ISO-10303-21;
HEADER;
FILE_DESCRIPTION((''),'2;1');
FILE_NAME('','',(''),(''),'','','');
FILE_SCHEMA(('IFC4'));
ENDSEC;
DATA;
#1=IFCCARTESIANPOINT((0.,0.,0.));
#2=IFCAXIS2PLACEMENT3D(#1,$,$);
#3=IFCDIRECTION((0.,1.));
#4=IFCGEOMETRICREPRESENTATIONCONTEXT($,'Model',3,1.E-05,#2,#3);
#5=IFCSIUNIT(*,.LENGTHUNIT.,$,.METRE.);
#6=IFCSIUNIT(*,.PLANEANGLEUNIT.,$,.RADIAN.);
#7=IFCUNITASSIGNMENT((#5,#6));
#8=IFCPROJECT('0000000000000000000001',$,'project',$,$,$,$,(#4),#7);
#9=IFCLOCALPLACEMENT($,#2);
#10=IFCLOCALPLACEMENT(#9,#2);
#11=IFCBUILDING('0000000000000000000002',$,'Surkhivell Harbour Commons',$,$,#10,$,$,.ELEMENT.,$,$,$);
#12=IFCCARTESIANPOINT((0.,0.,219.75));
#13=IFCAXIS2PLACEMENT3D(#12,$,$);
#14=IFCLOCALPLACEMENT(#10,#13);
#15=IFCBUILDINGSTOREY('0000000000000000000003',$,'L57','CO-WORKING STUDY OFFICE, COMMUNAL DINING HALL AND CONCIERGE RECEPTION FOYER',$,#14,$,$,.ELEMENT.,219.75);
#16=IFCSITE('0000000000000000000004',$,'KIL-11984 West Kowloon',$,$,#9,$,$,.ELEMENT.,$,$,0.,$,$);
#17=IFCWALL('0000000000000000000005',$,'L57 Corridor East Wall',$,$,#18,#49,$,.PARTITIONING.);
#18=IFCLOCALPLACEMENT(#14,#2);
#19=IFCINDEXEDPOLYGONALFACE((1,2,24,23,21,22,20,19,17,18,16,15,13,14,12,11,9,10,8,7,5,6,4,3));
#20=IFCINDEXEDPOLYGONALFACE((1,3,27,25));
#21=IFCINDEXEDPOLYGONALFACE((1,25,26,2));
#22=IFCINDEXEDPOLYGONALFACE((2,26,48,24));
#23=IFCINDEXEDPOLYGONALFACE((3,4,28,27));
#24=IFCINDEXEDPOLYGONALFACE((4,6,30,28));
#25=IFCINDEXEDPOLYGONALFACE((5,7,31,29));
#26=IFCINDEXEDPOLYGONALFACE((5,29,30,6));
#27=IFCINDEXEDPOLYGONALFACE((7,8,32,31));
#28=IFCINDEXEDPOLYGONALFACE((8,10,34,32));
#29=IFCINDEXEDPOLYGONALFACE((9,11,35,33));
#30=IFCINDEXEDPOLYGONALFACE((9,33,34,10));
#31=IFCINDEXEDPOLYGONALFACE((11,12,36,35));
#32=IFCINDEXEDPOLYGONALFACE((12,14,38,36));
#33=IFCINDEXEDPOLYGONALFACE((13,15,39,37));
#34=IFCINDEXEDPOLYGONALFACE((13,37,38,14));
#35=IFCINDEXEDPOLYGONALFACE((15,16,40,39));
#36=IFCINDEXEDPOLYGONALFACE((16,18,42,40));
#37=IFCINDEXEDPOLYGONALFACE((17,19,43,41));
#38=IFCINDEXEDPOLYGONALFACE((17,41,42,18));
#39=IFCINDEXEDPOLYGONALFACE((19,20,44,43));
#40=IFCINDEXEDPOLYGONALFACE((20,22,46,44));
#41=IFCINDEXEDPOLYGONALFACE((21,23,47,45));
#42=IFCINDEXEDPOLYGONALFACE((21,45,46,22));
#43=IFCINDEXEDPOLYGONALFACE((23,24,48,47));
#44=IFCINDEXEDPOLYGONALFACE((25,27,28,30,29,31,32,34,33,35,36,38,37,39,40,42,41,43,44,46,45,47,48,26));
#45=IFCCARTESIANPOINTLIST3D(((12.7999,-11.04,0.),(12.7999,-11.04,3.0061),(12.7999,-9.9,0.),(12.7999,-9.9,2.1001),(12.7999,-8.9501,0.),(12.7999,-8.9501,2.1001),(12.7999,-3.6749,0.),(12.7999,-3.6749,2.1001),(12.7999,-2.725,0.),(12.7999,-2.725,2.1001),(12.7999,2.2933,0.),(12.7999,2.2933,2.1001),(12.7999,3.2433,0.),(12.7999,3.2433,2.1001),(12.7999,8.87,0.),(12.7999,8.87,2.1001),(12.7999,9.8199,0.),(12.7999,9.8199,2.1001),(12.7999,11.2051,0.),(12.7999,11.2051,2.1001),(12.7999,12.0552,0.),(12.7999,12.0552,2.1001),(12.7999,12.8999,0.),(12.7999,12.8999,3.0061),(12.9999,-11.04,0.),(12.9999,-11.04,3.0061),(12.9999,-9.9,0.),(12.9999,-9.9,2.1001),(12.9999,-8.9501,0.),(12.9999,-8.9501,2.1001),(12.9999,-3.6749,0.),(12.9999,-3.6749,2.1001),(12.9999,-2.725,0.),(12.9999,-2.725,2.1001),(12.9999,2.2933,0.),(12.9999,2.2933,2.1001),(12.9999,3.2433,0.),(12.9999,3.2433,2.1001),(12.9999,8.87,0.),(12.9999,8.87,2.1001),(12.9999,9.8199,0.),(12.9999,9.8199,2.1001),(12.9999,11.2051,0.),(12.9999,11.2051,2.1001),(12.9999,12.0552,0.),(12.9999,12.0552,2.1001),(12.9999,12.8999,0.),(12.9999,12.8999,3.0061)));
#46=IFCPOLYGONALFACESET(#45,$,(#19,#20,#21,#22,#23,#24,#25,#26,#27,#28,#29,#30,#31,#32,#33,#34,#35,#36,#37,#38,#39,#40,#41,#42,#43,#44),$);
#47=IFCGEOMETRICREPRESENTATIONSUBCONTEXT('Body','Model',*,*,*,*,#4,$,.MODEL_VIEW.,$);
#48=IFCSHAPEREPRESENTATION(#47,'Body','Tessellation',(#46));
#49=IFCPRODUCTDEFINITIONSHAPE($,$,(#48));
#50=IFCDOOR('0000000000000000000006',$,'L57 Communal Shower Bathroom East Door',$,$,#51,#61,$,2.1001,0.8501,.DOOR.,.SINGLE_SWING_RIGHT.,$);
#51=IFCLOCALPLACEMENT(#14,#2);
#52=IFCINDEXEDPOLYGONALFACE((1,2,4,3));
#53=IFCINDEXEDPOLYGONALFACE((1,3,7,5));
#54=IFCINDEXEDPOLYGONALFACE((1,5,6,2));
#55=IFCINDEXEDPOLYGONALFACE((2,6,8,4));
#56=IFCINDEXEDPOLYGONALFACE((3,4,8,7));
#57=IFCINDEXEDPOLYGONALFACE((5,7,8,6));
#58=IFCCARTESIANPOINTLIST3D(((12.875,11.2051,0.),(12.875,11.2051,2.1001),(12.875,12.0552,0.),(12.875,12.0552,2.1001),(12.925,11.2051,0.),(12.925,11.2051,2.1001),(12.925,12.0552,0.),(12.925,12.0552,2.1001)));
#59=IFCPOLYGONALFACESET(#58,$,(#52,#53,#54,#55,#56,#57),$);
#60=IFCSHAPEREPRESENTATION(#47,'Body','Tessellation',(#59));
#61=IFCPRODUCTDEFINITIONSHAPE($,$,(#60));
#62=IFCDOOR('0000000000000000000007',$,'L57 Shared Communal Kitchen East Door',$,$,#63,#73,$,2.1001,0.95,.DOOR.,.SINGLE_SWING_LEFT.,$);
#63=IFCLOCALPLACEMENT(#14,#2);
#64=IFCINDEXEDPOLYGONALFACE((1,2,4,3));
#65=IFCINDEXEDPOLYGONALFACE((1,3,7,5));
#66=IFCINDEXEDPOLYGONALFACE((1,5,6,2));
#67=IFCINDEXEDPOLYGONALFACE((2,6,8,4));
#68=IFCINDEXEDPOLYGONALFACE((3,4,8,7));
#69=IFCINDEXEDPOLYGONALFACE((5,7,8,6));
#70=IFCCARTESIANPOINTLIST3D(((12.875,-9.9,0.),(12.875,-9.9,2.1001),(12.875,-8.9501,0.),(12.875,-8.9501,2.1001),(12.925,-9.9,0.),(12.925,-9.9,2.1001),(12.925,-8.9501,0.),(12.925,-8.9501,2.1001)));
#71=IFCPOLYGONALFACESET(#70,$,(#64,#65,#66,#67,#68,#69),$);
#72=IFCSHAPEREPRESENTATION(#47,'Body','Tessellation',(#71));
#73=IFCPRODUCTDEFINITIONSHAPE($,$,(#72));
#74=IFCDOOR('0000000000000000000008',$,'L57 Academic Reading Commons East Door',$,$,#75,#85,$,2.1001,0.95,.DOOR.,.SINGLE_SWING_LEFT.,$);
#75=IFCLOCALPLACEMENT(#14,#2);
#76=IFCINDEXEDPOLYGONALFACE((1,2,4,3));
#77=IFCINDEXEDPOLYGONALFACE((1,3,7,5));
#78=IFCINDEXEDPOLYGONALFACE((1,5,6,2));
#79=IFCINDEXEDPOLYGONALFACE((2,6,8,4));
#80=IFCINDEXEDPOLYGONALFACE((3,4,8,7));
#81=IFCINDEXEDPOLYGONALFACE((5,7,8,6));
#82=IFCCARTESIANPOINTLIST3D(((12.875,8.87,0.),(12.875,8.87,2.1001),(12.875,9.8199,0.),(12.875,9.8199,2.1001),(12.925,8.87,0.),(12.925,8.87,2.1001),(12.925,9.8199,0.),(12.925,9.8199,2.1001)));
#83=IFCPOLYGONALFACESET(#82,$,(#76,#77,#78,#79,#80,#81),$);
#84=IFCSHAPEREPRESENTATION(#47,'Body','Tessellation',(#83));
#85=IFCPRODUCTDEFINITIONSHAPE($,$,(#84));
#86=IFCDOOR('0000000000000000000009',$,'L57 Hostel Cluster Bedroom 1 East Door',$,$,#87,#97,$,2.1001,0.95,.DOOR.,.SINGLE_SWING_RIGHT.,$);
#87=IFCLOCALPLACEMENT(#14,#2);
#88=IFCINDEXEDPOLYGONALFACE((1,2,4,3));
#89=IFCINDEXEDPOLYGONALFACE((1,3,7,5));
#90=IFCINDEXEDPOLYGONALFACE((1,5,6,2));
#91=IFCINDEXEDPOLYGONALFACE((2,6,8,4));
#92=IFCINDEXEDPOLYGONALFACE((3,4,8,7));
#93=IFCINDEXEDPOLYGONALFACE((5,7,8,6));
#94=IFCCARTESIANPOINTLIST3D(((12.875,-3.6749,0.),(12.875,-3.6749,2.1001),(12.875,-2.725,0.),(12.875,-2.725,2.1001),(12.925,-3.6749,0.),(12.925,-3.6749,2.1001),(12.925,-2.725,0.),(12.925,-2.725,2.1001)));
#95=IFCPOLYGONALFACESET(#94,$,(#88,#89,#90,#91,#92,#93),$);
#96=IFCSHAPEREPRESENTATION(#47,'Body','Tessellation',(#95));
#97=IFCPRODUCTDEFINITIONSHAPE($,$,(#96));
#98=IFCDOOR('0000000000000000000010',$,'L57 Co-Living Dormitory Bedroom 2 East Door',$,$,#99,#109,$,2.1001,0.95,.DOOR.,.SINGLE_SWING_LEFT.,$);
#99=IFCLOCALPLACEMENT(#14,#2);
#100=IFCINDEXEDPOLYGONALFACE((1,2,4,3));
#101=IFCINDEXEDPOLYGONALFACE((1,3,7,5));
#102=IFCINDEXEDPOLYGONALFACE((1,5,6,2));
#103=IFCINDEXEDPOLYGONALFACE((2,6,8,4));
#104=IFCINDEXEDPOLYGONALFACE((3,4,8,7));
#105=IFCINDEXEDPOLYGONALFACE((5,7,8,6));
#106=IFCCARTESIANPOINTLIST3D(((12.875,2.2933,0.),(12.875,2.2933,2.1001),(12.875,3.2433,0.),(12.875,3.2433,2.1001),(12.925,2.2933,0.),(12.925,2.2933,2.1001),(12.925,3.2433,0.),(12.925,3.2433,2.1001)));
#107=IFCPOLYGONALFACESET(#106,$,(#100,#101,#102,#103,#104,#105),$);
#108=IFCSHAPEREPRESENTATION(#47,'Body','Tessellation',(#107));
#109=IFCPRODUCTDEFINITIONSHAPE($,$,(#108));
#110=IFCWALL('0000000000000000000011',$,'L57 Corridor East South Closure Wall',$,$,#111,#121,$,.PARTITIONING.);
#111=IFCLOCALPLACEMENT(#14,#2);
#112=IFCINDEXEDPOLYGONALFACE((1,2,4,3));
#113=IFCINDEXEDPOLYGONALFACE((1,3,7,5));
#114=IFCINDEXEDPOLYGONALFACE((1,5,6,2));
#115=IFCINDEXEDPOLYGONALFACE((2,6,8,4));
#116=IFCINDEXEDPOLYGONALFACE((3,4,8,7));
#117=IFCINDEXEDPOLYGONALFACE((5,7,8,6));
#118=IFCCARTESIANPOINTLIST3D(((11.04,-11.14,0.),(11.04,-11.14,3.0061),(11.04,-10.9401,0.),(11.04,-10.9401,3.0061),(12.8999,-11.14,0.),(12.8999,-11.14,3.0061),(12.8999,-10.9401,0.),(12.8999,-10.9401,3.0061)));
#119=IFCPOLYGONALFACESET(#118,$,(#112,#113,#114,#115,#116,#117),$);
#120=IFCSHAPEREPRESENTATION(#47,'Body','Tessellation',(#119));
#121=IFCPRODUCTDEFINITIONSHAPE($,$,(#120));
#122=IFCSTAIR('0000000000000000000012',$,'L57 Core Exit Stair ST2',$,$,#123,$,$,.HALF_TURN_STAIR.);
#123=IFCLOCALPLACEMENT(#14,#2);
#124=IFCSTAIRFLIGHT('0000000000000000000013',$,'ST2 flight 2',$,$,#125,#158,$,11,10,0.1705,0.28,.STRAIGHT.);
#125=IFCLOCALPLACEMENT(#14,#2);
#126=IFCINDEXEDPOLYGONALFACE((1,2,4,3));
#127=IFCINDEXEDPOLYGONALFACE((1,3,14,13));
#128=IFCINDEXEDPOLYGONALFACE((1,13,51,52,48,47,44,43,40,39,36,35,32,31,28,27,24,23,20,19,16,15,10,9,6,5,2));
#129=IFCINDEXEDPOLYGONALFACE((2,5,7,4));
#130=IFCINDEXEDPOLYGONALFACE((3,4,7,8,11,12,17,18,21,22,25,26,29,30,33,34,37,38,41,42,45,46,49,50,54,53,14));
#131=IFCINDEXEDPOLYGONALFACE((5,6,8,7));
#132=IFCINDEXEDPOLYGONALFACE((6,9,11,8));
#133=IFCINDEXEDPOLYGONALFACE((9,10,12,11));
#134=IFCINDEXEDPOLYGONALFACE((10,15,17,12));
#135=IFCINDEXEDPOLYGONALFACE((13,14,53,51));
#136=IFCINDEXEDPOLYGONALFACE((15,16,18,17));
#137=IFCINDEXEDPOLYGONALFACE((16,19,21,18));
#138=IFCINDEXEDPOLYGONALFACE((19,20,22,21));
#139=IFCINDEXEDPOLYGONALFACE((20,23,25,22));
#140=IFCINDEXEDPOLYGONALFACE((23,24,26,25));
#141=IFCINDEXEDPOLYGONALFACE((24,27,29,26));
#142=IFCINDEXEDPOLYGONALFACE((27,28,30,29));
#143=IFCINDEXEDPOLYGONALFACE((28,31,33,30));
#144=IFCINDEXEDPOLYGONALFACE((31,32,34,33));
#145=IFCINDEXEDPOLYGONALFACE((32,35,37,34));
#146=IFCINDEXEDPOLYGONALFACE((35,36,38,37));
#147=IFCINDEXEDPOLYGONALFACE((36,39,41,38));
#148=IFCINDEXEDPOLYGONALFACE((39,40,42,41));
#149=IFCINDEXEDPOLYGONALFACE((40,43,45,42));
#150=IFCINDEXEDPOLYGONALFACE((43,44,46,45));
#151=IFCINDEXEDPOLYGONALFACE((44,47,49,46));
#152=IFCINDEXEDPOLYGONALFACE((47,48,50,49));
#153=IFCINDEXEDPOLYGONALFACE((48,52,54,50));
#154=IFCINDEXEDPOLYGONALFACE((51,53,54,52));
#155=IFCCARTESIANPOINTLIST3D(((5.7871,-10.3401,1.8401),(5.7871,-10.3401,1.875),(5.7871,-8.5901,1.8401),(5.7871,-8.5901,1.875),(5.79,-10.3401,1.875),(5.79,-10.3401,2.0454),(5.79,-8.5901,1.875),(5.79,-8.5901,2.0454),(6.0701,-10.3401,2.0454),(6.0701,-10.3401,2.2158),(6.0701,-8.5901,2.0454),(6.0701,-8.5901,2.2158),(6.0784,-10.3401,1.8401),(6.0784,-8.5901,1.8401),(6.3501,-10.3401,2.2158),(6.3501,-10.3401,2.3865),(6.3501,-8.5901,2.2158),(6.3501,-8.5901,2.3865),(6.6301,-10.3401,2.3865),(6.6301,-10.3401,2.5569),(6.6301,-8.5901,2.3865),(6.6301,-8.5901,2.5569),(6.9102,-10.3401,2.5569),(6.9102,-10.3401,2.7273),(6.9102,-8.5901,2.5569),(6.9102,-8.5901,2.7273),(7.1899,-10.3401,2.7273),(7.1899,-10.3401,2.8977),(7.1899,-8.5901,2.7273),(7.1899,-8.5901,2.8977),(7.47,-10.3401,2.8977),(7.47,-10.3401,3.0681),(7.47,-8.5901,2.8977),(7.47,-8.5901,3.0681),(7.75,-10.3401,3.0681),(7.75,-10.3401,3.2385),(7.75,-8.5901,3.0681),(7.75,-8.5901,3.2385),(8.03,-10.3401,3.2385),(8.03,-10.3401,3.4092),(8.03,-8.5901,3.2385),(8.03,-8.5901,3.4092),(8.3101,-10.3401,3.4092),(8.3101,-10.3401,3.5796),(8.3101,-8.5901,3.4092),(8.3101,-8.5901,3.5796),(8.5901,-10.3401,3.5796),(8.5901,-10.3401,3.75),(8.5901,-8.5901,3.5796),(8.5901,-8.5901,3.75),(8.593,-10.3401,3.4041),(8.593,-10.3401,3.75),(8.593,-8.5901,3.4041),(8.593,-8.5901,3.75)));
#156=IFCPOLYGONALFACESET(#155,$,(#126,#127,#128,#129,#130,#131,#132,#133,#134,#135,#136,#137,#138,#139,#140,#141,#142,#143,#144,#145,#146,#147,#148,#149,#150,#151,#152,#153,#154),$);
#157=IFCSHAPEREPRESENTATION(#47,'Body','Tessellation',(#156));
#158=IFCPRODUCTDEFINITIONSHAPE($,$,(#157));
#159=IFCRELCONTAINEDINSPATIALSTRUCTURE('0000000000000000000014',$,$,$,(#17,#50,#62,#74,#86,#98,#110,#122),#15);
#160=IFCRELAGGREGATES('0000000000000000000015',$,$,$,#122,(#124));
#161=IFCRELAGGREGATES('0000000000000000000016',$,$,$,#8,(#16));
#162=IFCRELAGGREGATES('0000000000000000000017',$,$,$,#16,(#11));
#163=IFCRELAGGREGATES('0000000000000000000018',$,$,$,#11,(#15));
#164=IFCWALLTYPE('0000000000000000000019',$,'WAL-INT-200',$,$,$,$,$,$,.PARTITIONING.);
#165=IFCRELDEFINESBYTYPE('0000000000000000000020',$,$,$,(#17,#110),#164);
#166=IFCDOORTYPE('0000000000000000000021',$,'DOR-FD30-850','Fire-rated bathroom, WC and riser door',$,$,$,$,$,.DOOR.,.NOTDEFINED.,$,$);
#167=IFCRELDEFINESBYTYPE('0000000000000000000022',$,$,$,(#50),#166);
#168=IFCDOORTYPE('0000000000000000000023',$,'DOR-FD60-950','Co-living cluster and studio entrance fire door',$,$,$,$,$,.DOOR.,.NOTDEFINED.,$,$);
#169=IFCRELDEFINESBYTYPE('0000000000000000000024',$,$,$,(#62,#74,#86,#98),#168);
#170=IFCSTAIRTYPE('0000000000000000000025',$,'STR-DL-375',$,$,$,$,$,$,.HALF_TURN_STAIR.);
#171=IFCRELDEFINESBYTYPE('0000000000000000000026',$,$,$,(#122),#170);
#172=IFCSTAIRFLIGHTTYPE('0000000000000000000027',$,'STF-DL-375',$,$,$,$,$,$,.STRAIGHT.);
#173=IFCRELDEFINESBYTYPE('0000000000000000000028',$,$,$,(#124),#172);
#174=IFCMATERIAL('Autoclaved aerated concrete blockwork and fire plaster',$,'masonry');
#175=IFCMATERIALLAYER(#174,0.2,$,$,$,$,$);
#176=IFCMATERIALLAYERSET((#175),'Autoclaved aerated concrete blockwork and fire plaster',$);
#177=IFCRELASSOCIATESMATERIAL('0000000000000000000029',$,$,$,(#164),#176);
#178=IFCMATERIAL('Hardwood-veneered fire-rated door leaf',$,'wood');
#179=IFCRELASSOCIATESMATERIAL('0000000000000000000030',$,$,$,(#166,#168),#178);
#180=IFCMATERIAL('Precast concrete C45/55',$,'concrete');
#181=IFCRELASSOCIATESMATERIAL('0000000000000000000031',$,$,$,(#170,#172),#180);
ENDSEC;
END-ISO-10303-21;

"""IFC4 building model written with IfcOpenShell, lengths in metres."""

from ifc_helpers import new_model, si_unit, direction, frame, frame_2d, origin, place, context, subcontext, project, spatial, polyline, rectangle, outline, extrude, material, layer, layer_set, type_object, element, fill, aggregate, save


model = new_model("IFC4")

# Units and contexts
model_context = context("Model", 3, precision=1e-05, world=origin(), true_north=direction((0.0, 1.0)))
body_context = subcontext(model_context, "Body", "Model", "MODEL_VIEW")
ifc_project = project(units=[si_unit("LENGTHUNIT", "METRE"), si_unit("PLANEANGLEUNIT", "RADIAN")], contexts=[model_context])

# Site, building, storey
site_placement = place(None, origin())
site = spatial("IfcSite", under=ifc_project, at=site_placement, Name="KIL-11984 West Kowloon", CompositionType="ELEMENT", RefElevation=0.0)
building_placement = place(site_placement, origin())
building = spatial("IfcBuilding", under=site, at=building_placement, Name="Surkhivell Harbour Commons", CompositionType="ELEMENT")
storey_placement = place(building_placement, frame((0.0, 0.0, 219.75)))
storey = spatial("IfcBuildingStorey", under=building, at=storey_placement, Name="L57", Description="CO-WORKING STUDY OFFICE, COMMUNAL DINING HALL AND CONCIERGE RECEPTION FOYER", CompositionType="ELEMENT", Elevation=219.75)

# Wall, openings, doors
ifc_material_1 = material(Name="Autoclaved aerated concrete blockwork and fire plaster", Category="masonry")
ifc_layer_1 = layer(ifc_material_1, 0.2)
ifc_layer_set_1 = layer_set([ifc_layer_1], Name="Autoclaved aerated concrete blockwork and fire plaster")
wall_type_1 = type_object("IfcWallType", Name="WAL-INT-200", PredefinedType="PARTITIONING", material=ifc_layer_set_1)
wall_1_placement = place(storey_placement, frame((12.8999, -11.04, 0.0), z_axis=(0.0, 0.0, 1.0), x_axis=(0.0, 1.0, 0.0)))
wall_1 = element("IfcWall", 1, at=wall_1_placement, inside=storey, type_object=wall_type_1, Name="L57 Corridor East Wall", PredefinedType="PARTITIONING", context=body_context, shape_type="SweptSolid", body=[
    extrude(rectangle(XDim=23.9399, YDim=0.2, at=frame_2d((11.97, 0.0))), origin(), (0.0, 0.0, 1.0), 3.0061),
])
opening_1_placement = place(wall_1_placement, frame((1.1399, 0.0, 0.0)))
opening_1 = element("IfcOpeningElement", 2, at=opening_1_placement, cuts=wall_1, PredefinedType="OPENING", context=body_context, shape_type="SweptSolid", body=[
    extrude(rectangle(XDim=0.95, YDim=2.1001, at=frame_2d((0.4751, 1.05))), frame((0.0, 0.1099, 0.0), z_axis=(0.0, -1.0, 0.0), x_axis=(1.0, 0.0, 0.0)), (0.0, 0.0, 1.0), 0.22),
])
opening_2_placement = place(wall_1_placement, frame((22.2451, 0.0, 0.0)))
opening_2 = element("IfcOpeningElement", 3, at=opening_2_placement, cuts=wall_1, PredefinedType="OPENING", context=body_context, shape_type="SweptSolid", body=[
    extrude(rectangle(XDim=0.8501, YDim=2.1001, at=frame_2d((0.425, 1.05))), frame((0.0, 0.1099, 0.0), z_axis=(0.0, -1.0, 0.0), x_axis=(1.0, 0.0, 0.0)), (0.0, 0.0, 1.0), 0.22),
])
opening_3_placement = place(wall_1_placement, frame((19.9099, 0.0, 0.0)))
opening_3 = element("IfcOpeningElement", 4, at=opening_3_placement, cuts=wall_1, PredefinedType="OPENING", context=body_context, shape_type="SweptSolid", body=[
    extrude(rectangle(XDim=0.95, YDim=2.1001, at=frame_2d((0.4751, 1.05))), frame((0.0, 0.1099, 0.0), z_axis=(0.0, -1.0, 0.0), x_axis=(1.0, 0.0, 0.0)), (0.0, 0.0, 1.0), 0.22),
])
opening_4_placement = place(wall_1_placement, frame((7.365, 0.0, 0.0)))
opening_4 = element("IfcOpeningElement", 5, at=opening_4_placement, cuts=wall_1, PredefinedType="OPENING", context=body_context, shape_type="SweptSolid", body=[
    extrude(rectangle(XDim=0.95, YDim=2.1001, at=frame_2d((0.4751, 1.05))), frame((0.0, 0.1099, 0.0), z_axis=(0.0, -1.0, 0.0), x_axis=(1.0, 0.0, 0.0)), (0.0, 0.0, 1.0), 0.22),
])
opening_5_placement = place(wall_1_placement, frame((13.3333, 0.0, 0.0)))
opening_5 = element("IfcOpeningElement", 6, at=opening_5_placement, cuts=wall_1, PredefinedType="OPENING", context=body_context, shape_type="SweptSolid", body=[
    extrude(rectangle(XDim=0.95, YDim=2.1001, at=frame_2d((0.4751, 1.05))), frame((0.0, 0.1099, 0.0), z_axis=(0.0, -1.0, 0.0), x_axis=(1.0, 0.0, 0.0)), (0.0, 0.0, 1.0), 0.22),
])
ifc_material_2 = material(Name="Hardwood-veneered fire-rated door leaf", Category="wood")
door_type_1 = type_object("IfcDoorType", Name="DOR-FD30-850", Description="Fire-rated bathroom, WC and riser door", OperationType="NOTDEFINED", PredefinedType="DOOR", material=ifc_material_2)
door_1_placement = place(opening_2_placement, origin())
door_1 = element("IfcDoor", 7, at=door_1_placement, inside=storey, type_object=door_type_1, Name="L57 Communal Shower Bathroom East Door", OperationType="SINGLE_SWING_RIGHT", OverallHeight=2.1001, OverallWidth=0.8501, PredefinedType="DOOR", context=body_context, shape_type="SweptSolid", body=[
    extrude(rectangle(XDim=0.8501, YDim=2.1001, at=frame_2d((0.425, 1.05))), frame((0.0, 0.0249, 0.0), z_axis=(0.0, -1.0, 0.0), x_axis=(1.0, 0.0, 0.0)), (0.0, 0.0, 1.0), 0.05),
])
fill(opening_2, door_1)
door_type_2 = type_object("IfcDoorType", Name="DOR-FD60-950", Description="Co-living cluster and studio entrance fire door", OperationType="NOTDEFINED", PredefinedType="DOOR", material=ifc_material_2)
door_2_placement = place(opening_1_placement, origin())
door_2 = element("IfcDoor", 8, at=door_2_placement, inside=storey, type_object=door_type_2, Name="L57 Shared Communal Kitchen East Door", OperationType="SINGLE_SWING_LEFT", OverallHeight=2.1001, OverallWidth=0.95, PredefinedType="DOOR", context=body_context, shape_type="SweptSolid", body=[
    extrude(rectangle(XDim=0.95, YDim=2.1001, at=frame_2d((0.4751, 1.05))), frame((0.0, 0.0249, 0.0), z_axis=(0.0, -1.0, 0.0), x_axis=(1.0, 0.0, 0.0)), (0.0, 0.0, 1.0), 0.05),
])
fill(opening_1, door_2)
door_3_placement = place(opening_3_placement, origin())
door_3 = element("IfcDoor", 9, at=door_3_placement, inside=storey, type_object=door_type_2, Name="L57 Academic Reading Commons East Door", OperationType="SINGLE_SWING_LEFT", OverallHeight=2.1001, OverallWidth=0.95, PredefinedType="DOOR", context=body_context, shape_type="SweptSolid", body=[
    extrude(rectangle(XDim=0.95, YDim=2.1001, at=frame_2d((0.4751, 1.05))), frame((0.0, 0.0249, 0.0), z_axis=(0.0, -1.0, 0.0), x_axis=(1.0, 0.0, 0.0)), (0.0, 0.0, 1.0), 0.05),
])
fill(opening_3, door_3)
door_4_placement = place(opening_4_placement, origin())
door_4 = element("IfcDoor", 10, at=door_4_placement, inside=storey, type_object=door_type_2, Name="L57 Hostel Cluster Bedroom 1 East Door", OperationType="SINGLE_SWING_RIGHT", OverallHeight=2.1001, OverallWidth=0.95, PredefinedType="DOOR", context=body_context, shape_type="SweptSolid", body=[
    extrude(rectangle(XDim=0.95, YDim=2.1001, at=frame_2d((0.4751, 1.05))), frame((0.0, 0.0249, 0.0), z_axis=(0.0, -1.0, 0.0), x_axis=(1.0, 0.0, 0.0)), (0.0, 0.0, 1.0), 0.05),
])
fill(opening_4, door_4)
door_5_placement = place(opening_5_placement, origin())
door_5 = element("IfcDoor", 11, at=door_5_placement, inside=storey, type_object=door_type_2, Name="L57 Co-Living Dormitory Bedroom 2 East Door", OperationType="SINGLE_SWING_LEFT", OverallHeight=2.1001, OverallWidth=0.95, PredefinedType="DOOR", context=body_context, shape_type="SweptSolid", body=[
    extrude(rectangle(XDim=0.95, YDim=2.1001, at=frame_2d((0.4751, 1.05))), frame((0.0, 0.0249, 0.0), z_axis=(0.0, -1.0, 0.0), x_axis=(1.0, 0.0, 0.0)), (0.0, 0.0, 1.0), 0.05),
])
fill(opening_5, door_5)

# Wall
wall_2_placement = place(storey_placement, frame((11.04, -11.04, 0.0), z_axis=(0.0, 0.0, 1.0), x_axis=(1.0, 0.0, 0.0)))
element("IfcWall", 12, at=wall_2_placement, inside=storey, type_object=wall_type_1, Name="L57 Corridor East South Closure Wall", PredefinedType="PARTITIONING", context=body_context, shape_type="SweptSolid", body=[
    extrude(rectangle(XDim=1.8599, YDim=0.2, at=frame_2d((0.9299, 0.0))), origin(), (0.0, 0.0, 1.0), 3.0061),
])

# Stair, stair flight
ifc_material_3 = material(Name="Precast concrete C45/55", Category="concrete")
stair_type = type_object("IfcStairType", Name="STR-DL-375", PredefinedType="HALF_TURN_STAIR", material=ifc_material_3)
stair_placement = place(storey_placement, origin())
stair = element("IfcStair", 13, at=stair_placement, inside=storey, type_object=stair_type, Name="L57 Core Exit Stair ST2", PredefinedType="HALF_TURN_STAIR")
stair_flight_type = type_object("IfcStairFlightType", Name="STF-DL-375", PredefinedType="STRAIGHT", material=ifc_material_3)
stair_flight_placement = place(storey_placement, frame((5.79, -9.4651, 1.875), z_axis=(0.0, 0.0, 1.0), x_axis=(1.0, 0.0, 0.0)))
stair_flight = element("IfcStairFlight", 14, at=stair_flight_placement, type_object=stair_flight_type, Name="ST2 flight 2", NumberOfRisers=11, NumberOfTreads=10, PredefinedType="STRAIGHT", RiserHeight=0.1705, TreadLength=0.28, context=body_context, shape_type="SweptSolid", body=[
    extrude(outline(polyline([(-0.0029, -0.0349), (-0.0029, 0.0), (0.0, 0.0), (0.0, 0.1704), (0.28, 0.1704), (0.28, 0.3408), (0.5601, 0.3408), (0.5601, 0.5115), (0.8401, 0.5115), (0.8401, 0.6819), (1.1201, 0.6819), (1.1201, 0.8523), (1.3999, 0.8523), (1.3999, 1.0227), (1.6799, 1.0227), (1.6799, 1.1931), (1.96, 1.1931), (1.96, 1.3635), (2.24, 1.3635), (2.24, 1.5342), (2.52, 1.5342), (2.52, 1.7046), (2.8, 1.7046), (2.8, 1.875), (2.803, 1.875), (2.803, 1.5291), (0.2883, -0.0349), (-0.0029, -0.0349)])), frame((0.0, 0.875, 0.0), z_axis=(0.0, -1.0, 0.0), x_axis=(1.0, 0.0, 0.0)), (0.0, 0.0, 1.0), 1.75),
])
aggregate(stair, [stair_flight])

save(model, "model.ifc")
